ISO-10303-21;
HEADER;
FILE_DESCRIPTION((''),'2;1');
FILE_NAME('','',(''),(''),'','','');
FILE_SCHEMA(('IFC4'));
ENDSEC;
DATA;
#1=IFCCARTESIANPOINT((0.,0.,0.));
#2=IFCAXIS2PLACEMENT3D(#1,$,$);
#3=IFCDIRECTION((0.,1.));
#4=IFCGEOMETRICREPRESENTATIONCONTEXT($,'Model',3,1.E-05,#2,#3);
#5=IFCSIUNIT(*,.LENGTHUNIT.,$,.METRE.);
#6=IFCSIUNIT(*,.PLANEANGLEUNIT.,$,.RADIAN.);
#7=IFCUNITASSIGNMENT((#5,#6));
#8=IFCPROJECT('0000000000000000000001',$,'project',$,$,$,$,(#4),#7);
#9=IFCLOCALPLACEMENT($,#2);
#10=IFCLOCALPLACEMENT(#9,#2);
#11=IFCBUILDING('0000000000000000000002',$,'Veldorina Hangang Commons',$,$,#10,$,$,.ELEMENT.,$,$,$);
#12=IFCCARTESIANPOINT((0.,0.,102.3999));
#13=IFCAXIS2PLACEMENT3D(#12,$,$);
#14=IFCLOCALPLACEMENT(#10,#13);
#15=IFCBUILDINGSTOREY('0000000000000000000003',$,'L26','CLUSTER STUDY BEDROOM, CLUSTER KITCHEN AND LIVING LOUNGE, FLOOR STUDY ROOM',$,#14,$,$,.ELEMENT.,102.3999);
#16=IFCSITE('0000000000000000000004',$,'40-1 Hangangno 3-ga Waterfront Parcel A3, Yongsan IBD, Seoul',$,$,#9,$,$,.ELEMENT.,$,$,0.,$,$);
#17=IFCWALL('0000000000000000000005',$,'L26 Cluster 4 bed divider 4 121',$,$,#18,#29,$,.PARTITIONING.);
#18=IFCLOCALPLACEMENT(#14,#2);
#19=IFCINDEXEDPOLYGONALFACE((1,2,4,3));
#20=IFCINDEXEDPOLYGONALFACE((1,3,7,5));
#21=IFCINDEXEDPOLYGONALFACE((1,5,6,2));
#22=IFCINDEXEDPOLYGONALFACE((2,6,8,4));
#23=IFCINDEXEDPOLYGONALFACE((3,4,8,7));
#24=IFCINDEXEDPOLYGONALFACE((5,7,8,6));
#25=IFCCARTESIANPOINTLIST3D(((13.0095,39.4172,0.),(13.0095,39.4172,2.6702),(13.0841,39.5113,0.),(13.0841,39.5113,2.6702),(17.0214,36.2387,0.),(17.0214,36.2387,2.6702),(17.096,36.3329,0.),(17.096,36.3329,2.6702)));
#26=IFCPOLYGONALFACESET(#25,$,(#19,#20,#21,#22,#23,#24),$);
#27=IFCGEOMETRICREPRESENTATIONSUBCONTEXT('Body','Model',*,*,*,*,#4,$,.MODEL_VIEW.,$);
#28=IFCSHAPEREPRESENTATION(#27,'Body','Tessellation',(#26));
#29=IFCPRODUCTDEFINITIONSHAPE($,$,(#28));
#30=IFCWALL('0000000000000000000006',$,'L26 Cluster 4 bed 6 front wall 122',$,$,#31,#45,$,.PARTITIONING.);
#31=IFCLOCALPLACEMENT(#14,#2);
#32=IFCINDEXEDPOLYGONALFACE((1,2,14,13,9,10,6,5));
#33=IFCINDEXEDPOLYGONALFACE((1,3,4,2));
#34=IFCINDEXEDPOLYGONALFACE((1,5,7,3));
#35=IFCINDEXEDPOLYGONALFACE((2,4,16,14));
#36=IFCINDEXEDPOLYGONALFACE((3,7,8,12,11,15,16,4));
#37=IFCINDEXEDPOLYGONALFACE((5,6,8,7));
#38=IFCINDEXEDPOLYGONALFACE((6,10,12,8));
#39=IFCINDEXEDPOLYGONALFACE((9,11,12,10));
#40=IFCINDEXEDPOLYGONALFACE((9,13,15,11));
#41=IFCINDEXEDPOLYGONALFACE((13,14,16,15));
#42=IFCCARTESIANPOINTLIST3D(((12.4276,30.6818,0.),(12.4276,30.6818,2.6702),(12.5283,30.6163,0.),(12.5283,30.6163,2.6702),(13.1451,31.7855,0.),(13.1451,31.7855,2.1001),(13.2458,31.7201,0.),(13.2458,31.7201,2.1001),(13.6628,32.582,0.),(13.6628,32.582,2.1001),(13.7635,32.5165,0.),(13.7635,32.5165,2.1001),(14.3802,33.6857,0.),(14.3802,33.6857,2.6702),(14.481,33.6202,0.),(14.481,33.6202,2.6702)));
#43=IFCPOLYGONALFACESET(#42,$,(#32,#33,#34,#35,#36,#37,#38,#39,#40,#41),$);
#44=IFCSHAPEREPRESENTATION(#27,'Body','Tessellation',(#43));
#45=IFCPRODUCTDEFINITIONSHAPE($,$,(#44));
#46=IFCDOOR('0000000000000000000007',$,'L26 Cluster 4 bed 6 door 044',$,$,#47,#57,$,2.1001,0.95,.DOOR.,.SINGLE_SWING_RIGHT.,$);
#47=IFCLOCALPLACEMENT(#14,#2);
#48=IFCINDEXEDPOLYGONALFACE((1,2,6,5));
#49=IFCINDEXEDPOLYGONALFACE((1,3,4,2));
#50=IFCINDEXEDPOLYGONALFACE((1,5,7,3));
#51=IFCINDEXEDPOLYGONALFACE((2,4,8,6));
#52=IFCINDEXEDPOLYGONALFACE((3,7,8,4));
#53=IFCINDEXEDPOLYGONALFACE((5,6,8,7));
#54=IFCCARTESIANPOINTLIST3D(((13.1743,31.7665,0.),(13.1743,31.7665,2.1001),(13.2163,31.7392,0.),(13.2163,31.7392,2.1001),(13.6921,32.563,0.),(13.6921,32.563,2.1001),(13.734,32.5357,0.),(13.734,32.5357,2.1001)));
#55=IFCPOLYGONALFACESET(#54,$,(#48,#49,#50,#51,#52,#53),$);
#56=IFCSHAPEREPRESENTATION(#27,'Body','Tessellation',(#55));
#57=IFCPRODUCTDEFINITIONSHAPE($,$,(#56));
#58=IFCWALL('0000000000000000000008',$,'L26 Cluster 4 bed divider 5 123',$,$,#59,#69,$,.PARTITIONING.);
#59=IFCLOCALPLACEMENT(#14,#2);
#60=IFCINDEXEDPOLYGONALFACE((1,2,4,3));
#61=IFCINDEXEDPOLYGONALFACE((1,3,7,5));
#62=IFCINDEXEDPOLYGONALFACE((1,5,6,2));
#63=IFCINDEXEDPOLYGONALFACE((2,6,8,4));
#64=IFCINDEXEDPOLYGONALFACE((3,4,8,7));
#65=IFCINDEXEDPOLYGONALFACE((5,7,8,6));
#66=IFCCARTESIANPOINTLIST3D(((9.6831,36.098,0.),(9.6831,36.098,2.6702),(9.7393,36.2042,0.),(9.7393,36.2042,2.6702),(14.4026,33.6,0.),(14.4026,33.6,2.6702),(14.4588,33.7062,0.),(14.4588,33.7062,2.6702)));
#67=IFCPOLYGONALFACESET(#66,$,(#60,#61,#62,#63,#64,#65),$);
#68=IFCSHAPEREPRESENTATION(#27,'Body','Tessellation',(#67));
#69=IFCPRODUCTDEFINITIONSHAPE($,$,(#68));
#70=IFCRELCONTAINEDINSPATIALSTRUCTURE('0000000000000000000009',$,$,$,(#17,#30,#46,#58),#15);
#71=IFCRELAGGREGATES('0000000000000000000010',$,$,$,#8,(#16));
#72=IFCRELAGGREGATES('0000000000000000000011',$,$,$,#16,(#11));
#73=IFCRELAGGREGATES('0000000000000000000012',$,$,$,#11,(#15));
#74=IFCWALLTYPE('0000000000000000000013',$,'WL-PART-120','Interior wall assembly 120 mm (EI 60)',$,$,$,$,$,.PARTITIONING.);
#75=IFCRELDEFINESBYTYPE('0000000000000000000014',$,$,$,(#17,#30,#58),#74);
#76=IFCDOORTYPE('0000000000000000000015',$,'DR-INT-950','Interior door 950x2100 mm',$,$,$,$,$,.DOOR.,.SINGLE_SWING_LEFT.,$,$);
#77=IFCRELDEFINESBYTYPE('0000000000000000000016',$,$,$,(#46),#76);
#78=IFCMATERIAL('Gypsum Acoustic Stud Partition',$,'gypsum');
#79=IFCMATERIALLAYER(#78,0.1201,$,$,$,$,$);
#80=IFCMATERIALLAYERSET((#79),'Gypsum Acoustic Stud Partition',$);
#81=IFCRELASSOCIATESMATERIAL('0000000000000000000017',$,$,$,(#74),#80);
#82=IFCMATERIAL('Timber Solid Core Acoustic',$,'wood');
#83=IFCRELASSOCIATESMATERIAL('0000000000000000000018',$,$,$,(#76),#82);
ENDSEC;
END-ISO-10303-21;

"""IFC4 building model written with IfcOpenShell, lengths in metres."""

from ifc_helpers import new_model, si_unit, direction, frame, frame_2d, origin, place, context, subcontext, project, spatial, rectangle, extrude, material, layer, layer_set, type_object, element, fill, save


model = new_model("IFC4")

# Units and contexts
model_context = context("Model", 3, precision=1e-05, world=origin(), true_north=direction((0.0, 1.0)))
body_context = subcontext(model_context, "Body", "Model", "MODEL_VIEW")
ifc_project = project(units=[si_unit("LENGTHUNIT", "METRE"), si_unit("PLANEANGLEUNIT", "RADIAN")], contexts=[model_context])

# Site, building, storey
site_placement = place(None, origin())
site = spatial("IfcSite", under=ifc_project, at=site_placement, Name="40-1 Hangangno 3-ga Waterfront Parcel A3, Yongsan IBD, Seoul", CompositionType="ELEMENT", RefElevation=0.0)
building_placement = place(site_placement, origin())
building = spatial("IfcBuilding", under=site, at=building_placement, Name="Veldorina Hangang Commons", CompositionType="ELEMENT")
storey_placement = place(building_placement, frame((0.0, 0.0, 102.3999)))
storey = spatial("IfcBuildingStorey", under=building, at=storey_placement, Name="L26", Description="CLUSTER STUDY BEDROOM, CLUSTER KITCHEN AND LIVING LOUNGE, FLOOR STUDY ROOM", CompositionType="ELEMENT", Elevation=102.3999)

# Shared definitions
ifc_material_1 = material(Name="Gypsum Acoustic Stud Partition", Category="gypsum")
ifc_layer_1 = layer(ifc_material_1, 0.1201)
ifc_layer_set_1 = layer_set([ifc_layer_1], Name="Gypsum Acoustic Stud Partition")
wall_type_1 = type_object("IfcWallType", Name="WL-PART-120", Description="Interior wall assembly 120 mm (EI 60)", PredefinedType="PARTITIONING", material=ifc_layer_set_1)
ifc_material_2 = material(Name="Timber Solid Core Acoustic", Category="wood")
door_type = type_object("IfcDoorType", Name="DR-INT-950", Description="Interior door 950x2100 mm", OperationType="SINGLE_SWING_LEFT", PredefinedType="DOOR", material=ifc_material_2)

# Wall
wall_1_placement = place(storey_placement, frame((17.0586, 36.2859, 0.0), z_axis=(0.0, 0.0, 1.0), x_axis=(-0.783824, 0.620983, 0.0)))
element("IfcWall", 1, at=wall_1_placement, inside=storey, type_object=wall_type_1, Name="L26 Cluster 4 bed divider 4 121", PredefinedType="PARTITIONING", context=body_context, shape_type="SweptSolid", body=[
    extrude(rectangle(XDim=5.1184, YDim=0.1201, at=frame_2d((2.5591, 0.0))), origin(), (0.0, 0.0, 1.0), 2.6702),
])

# Wall, opening, door
wall_2_placement = place(storey_placement, frame((14.4307, 33.6531, 0.0), z_axis=(0.0, 0.0, 1.0), x_axis=(-0.545008, -0.838431, 0.0)))
wall_2 = element("IfcWall", 2, at=wall_2_placement, inside=storey, type_object=wall_type_1, Name="L26 Cluster 4 bed 6 front wall 122", PredefinedType="PARTITIONING", context=body_context, shape_type="SweptSolid", body=[
    extrude(rectangle(XDim=3.5828, YDim=0.1201, at=frame_2d((1.7915, 0.0))), origin(), (0.0, 0.0, 1.0), 2.6702),
])
opening_1_placement = place(wall_2_placement, frame((1.3164, 0.0, 0.0)))
opening_1 = element("IfcOpeningElement", 3, at=opening_1_placement, cuts=wall_2, PredefinedType="OPENING", context=body_context, shape_type="SweptSolid", body=[
    extrude(rectangle(XDim=0.95, YDim=2.1001, at=frame_2d((0.4751, 1.05))), frame((0.0, 0.0701, 0.0), z_axis=(0.0, -1.0, 0.0), x_axis=(1.0, 0.0, 0.0)), (0.0, 0.0, 1.0), 0.1401),
])
door_1_placement = place(opening_1_placement, origin())
door_1 = element("IfcDoor", 4, at=door_1_placement, inside=storey, type_object=door_type, Name="L26 Cluster 4 bed 6 door 044", OperationType="SINGLE_SWING_RIGHT", OverallHeight=2.1001, OverallWidth=0.95, PredefinedType="DOOR", context=body_context, shape_type="SweptSolid", body=[
    extrude(rectangle(XDim=0.95, YDim=2.1001, at=frame_2d((0.4751, 1.05))), frame((0.0, 0.0249, 0.0), z_axis=(0.0, -1.0, 0.0), x_axis=(1.0, 0.0, 0.0)), (0.0, 0.0, 1.0), 0.05),
])
fill(opening_1, door_1)

# Wall
wall_3_placement = place(storey_placement, frame((14.4307, 33.6531, 0.0), z_axis=(0.0, 0.0, 1.0), x_axis=(-0.883827, 0.467814, 0.0)))
element("IfcWall", 5, at=wall_3_placement, inside=storey, type_object=wall_type_1, Name="L26 Cluster 4 bed divider 5 123", PredefinedType="PARTITIONING", context=body_context, shape_type="SweptSolid", body=[
    extrude(rectangle(XDim=5.3398, YDim=0.1201, at=frame_2d((2.6699, 0.0))), origin(), (0.0, 0.0, 1.0), 2.6702),
])

save(model, "model.ifc")
